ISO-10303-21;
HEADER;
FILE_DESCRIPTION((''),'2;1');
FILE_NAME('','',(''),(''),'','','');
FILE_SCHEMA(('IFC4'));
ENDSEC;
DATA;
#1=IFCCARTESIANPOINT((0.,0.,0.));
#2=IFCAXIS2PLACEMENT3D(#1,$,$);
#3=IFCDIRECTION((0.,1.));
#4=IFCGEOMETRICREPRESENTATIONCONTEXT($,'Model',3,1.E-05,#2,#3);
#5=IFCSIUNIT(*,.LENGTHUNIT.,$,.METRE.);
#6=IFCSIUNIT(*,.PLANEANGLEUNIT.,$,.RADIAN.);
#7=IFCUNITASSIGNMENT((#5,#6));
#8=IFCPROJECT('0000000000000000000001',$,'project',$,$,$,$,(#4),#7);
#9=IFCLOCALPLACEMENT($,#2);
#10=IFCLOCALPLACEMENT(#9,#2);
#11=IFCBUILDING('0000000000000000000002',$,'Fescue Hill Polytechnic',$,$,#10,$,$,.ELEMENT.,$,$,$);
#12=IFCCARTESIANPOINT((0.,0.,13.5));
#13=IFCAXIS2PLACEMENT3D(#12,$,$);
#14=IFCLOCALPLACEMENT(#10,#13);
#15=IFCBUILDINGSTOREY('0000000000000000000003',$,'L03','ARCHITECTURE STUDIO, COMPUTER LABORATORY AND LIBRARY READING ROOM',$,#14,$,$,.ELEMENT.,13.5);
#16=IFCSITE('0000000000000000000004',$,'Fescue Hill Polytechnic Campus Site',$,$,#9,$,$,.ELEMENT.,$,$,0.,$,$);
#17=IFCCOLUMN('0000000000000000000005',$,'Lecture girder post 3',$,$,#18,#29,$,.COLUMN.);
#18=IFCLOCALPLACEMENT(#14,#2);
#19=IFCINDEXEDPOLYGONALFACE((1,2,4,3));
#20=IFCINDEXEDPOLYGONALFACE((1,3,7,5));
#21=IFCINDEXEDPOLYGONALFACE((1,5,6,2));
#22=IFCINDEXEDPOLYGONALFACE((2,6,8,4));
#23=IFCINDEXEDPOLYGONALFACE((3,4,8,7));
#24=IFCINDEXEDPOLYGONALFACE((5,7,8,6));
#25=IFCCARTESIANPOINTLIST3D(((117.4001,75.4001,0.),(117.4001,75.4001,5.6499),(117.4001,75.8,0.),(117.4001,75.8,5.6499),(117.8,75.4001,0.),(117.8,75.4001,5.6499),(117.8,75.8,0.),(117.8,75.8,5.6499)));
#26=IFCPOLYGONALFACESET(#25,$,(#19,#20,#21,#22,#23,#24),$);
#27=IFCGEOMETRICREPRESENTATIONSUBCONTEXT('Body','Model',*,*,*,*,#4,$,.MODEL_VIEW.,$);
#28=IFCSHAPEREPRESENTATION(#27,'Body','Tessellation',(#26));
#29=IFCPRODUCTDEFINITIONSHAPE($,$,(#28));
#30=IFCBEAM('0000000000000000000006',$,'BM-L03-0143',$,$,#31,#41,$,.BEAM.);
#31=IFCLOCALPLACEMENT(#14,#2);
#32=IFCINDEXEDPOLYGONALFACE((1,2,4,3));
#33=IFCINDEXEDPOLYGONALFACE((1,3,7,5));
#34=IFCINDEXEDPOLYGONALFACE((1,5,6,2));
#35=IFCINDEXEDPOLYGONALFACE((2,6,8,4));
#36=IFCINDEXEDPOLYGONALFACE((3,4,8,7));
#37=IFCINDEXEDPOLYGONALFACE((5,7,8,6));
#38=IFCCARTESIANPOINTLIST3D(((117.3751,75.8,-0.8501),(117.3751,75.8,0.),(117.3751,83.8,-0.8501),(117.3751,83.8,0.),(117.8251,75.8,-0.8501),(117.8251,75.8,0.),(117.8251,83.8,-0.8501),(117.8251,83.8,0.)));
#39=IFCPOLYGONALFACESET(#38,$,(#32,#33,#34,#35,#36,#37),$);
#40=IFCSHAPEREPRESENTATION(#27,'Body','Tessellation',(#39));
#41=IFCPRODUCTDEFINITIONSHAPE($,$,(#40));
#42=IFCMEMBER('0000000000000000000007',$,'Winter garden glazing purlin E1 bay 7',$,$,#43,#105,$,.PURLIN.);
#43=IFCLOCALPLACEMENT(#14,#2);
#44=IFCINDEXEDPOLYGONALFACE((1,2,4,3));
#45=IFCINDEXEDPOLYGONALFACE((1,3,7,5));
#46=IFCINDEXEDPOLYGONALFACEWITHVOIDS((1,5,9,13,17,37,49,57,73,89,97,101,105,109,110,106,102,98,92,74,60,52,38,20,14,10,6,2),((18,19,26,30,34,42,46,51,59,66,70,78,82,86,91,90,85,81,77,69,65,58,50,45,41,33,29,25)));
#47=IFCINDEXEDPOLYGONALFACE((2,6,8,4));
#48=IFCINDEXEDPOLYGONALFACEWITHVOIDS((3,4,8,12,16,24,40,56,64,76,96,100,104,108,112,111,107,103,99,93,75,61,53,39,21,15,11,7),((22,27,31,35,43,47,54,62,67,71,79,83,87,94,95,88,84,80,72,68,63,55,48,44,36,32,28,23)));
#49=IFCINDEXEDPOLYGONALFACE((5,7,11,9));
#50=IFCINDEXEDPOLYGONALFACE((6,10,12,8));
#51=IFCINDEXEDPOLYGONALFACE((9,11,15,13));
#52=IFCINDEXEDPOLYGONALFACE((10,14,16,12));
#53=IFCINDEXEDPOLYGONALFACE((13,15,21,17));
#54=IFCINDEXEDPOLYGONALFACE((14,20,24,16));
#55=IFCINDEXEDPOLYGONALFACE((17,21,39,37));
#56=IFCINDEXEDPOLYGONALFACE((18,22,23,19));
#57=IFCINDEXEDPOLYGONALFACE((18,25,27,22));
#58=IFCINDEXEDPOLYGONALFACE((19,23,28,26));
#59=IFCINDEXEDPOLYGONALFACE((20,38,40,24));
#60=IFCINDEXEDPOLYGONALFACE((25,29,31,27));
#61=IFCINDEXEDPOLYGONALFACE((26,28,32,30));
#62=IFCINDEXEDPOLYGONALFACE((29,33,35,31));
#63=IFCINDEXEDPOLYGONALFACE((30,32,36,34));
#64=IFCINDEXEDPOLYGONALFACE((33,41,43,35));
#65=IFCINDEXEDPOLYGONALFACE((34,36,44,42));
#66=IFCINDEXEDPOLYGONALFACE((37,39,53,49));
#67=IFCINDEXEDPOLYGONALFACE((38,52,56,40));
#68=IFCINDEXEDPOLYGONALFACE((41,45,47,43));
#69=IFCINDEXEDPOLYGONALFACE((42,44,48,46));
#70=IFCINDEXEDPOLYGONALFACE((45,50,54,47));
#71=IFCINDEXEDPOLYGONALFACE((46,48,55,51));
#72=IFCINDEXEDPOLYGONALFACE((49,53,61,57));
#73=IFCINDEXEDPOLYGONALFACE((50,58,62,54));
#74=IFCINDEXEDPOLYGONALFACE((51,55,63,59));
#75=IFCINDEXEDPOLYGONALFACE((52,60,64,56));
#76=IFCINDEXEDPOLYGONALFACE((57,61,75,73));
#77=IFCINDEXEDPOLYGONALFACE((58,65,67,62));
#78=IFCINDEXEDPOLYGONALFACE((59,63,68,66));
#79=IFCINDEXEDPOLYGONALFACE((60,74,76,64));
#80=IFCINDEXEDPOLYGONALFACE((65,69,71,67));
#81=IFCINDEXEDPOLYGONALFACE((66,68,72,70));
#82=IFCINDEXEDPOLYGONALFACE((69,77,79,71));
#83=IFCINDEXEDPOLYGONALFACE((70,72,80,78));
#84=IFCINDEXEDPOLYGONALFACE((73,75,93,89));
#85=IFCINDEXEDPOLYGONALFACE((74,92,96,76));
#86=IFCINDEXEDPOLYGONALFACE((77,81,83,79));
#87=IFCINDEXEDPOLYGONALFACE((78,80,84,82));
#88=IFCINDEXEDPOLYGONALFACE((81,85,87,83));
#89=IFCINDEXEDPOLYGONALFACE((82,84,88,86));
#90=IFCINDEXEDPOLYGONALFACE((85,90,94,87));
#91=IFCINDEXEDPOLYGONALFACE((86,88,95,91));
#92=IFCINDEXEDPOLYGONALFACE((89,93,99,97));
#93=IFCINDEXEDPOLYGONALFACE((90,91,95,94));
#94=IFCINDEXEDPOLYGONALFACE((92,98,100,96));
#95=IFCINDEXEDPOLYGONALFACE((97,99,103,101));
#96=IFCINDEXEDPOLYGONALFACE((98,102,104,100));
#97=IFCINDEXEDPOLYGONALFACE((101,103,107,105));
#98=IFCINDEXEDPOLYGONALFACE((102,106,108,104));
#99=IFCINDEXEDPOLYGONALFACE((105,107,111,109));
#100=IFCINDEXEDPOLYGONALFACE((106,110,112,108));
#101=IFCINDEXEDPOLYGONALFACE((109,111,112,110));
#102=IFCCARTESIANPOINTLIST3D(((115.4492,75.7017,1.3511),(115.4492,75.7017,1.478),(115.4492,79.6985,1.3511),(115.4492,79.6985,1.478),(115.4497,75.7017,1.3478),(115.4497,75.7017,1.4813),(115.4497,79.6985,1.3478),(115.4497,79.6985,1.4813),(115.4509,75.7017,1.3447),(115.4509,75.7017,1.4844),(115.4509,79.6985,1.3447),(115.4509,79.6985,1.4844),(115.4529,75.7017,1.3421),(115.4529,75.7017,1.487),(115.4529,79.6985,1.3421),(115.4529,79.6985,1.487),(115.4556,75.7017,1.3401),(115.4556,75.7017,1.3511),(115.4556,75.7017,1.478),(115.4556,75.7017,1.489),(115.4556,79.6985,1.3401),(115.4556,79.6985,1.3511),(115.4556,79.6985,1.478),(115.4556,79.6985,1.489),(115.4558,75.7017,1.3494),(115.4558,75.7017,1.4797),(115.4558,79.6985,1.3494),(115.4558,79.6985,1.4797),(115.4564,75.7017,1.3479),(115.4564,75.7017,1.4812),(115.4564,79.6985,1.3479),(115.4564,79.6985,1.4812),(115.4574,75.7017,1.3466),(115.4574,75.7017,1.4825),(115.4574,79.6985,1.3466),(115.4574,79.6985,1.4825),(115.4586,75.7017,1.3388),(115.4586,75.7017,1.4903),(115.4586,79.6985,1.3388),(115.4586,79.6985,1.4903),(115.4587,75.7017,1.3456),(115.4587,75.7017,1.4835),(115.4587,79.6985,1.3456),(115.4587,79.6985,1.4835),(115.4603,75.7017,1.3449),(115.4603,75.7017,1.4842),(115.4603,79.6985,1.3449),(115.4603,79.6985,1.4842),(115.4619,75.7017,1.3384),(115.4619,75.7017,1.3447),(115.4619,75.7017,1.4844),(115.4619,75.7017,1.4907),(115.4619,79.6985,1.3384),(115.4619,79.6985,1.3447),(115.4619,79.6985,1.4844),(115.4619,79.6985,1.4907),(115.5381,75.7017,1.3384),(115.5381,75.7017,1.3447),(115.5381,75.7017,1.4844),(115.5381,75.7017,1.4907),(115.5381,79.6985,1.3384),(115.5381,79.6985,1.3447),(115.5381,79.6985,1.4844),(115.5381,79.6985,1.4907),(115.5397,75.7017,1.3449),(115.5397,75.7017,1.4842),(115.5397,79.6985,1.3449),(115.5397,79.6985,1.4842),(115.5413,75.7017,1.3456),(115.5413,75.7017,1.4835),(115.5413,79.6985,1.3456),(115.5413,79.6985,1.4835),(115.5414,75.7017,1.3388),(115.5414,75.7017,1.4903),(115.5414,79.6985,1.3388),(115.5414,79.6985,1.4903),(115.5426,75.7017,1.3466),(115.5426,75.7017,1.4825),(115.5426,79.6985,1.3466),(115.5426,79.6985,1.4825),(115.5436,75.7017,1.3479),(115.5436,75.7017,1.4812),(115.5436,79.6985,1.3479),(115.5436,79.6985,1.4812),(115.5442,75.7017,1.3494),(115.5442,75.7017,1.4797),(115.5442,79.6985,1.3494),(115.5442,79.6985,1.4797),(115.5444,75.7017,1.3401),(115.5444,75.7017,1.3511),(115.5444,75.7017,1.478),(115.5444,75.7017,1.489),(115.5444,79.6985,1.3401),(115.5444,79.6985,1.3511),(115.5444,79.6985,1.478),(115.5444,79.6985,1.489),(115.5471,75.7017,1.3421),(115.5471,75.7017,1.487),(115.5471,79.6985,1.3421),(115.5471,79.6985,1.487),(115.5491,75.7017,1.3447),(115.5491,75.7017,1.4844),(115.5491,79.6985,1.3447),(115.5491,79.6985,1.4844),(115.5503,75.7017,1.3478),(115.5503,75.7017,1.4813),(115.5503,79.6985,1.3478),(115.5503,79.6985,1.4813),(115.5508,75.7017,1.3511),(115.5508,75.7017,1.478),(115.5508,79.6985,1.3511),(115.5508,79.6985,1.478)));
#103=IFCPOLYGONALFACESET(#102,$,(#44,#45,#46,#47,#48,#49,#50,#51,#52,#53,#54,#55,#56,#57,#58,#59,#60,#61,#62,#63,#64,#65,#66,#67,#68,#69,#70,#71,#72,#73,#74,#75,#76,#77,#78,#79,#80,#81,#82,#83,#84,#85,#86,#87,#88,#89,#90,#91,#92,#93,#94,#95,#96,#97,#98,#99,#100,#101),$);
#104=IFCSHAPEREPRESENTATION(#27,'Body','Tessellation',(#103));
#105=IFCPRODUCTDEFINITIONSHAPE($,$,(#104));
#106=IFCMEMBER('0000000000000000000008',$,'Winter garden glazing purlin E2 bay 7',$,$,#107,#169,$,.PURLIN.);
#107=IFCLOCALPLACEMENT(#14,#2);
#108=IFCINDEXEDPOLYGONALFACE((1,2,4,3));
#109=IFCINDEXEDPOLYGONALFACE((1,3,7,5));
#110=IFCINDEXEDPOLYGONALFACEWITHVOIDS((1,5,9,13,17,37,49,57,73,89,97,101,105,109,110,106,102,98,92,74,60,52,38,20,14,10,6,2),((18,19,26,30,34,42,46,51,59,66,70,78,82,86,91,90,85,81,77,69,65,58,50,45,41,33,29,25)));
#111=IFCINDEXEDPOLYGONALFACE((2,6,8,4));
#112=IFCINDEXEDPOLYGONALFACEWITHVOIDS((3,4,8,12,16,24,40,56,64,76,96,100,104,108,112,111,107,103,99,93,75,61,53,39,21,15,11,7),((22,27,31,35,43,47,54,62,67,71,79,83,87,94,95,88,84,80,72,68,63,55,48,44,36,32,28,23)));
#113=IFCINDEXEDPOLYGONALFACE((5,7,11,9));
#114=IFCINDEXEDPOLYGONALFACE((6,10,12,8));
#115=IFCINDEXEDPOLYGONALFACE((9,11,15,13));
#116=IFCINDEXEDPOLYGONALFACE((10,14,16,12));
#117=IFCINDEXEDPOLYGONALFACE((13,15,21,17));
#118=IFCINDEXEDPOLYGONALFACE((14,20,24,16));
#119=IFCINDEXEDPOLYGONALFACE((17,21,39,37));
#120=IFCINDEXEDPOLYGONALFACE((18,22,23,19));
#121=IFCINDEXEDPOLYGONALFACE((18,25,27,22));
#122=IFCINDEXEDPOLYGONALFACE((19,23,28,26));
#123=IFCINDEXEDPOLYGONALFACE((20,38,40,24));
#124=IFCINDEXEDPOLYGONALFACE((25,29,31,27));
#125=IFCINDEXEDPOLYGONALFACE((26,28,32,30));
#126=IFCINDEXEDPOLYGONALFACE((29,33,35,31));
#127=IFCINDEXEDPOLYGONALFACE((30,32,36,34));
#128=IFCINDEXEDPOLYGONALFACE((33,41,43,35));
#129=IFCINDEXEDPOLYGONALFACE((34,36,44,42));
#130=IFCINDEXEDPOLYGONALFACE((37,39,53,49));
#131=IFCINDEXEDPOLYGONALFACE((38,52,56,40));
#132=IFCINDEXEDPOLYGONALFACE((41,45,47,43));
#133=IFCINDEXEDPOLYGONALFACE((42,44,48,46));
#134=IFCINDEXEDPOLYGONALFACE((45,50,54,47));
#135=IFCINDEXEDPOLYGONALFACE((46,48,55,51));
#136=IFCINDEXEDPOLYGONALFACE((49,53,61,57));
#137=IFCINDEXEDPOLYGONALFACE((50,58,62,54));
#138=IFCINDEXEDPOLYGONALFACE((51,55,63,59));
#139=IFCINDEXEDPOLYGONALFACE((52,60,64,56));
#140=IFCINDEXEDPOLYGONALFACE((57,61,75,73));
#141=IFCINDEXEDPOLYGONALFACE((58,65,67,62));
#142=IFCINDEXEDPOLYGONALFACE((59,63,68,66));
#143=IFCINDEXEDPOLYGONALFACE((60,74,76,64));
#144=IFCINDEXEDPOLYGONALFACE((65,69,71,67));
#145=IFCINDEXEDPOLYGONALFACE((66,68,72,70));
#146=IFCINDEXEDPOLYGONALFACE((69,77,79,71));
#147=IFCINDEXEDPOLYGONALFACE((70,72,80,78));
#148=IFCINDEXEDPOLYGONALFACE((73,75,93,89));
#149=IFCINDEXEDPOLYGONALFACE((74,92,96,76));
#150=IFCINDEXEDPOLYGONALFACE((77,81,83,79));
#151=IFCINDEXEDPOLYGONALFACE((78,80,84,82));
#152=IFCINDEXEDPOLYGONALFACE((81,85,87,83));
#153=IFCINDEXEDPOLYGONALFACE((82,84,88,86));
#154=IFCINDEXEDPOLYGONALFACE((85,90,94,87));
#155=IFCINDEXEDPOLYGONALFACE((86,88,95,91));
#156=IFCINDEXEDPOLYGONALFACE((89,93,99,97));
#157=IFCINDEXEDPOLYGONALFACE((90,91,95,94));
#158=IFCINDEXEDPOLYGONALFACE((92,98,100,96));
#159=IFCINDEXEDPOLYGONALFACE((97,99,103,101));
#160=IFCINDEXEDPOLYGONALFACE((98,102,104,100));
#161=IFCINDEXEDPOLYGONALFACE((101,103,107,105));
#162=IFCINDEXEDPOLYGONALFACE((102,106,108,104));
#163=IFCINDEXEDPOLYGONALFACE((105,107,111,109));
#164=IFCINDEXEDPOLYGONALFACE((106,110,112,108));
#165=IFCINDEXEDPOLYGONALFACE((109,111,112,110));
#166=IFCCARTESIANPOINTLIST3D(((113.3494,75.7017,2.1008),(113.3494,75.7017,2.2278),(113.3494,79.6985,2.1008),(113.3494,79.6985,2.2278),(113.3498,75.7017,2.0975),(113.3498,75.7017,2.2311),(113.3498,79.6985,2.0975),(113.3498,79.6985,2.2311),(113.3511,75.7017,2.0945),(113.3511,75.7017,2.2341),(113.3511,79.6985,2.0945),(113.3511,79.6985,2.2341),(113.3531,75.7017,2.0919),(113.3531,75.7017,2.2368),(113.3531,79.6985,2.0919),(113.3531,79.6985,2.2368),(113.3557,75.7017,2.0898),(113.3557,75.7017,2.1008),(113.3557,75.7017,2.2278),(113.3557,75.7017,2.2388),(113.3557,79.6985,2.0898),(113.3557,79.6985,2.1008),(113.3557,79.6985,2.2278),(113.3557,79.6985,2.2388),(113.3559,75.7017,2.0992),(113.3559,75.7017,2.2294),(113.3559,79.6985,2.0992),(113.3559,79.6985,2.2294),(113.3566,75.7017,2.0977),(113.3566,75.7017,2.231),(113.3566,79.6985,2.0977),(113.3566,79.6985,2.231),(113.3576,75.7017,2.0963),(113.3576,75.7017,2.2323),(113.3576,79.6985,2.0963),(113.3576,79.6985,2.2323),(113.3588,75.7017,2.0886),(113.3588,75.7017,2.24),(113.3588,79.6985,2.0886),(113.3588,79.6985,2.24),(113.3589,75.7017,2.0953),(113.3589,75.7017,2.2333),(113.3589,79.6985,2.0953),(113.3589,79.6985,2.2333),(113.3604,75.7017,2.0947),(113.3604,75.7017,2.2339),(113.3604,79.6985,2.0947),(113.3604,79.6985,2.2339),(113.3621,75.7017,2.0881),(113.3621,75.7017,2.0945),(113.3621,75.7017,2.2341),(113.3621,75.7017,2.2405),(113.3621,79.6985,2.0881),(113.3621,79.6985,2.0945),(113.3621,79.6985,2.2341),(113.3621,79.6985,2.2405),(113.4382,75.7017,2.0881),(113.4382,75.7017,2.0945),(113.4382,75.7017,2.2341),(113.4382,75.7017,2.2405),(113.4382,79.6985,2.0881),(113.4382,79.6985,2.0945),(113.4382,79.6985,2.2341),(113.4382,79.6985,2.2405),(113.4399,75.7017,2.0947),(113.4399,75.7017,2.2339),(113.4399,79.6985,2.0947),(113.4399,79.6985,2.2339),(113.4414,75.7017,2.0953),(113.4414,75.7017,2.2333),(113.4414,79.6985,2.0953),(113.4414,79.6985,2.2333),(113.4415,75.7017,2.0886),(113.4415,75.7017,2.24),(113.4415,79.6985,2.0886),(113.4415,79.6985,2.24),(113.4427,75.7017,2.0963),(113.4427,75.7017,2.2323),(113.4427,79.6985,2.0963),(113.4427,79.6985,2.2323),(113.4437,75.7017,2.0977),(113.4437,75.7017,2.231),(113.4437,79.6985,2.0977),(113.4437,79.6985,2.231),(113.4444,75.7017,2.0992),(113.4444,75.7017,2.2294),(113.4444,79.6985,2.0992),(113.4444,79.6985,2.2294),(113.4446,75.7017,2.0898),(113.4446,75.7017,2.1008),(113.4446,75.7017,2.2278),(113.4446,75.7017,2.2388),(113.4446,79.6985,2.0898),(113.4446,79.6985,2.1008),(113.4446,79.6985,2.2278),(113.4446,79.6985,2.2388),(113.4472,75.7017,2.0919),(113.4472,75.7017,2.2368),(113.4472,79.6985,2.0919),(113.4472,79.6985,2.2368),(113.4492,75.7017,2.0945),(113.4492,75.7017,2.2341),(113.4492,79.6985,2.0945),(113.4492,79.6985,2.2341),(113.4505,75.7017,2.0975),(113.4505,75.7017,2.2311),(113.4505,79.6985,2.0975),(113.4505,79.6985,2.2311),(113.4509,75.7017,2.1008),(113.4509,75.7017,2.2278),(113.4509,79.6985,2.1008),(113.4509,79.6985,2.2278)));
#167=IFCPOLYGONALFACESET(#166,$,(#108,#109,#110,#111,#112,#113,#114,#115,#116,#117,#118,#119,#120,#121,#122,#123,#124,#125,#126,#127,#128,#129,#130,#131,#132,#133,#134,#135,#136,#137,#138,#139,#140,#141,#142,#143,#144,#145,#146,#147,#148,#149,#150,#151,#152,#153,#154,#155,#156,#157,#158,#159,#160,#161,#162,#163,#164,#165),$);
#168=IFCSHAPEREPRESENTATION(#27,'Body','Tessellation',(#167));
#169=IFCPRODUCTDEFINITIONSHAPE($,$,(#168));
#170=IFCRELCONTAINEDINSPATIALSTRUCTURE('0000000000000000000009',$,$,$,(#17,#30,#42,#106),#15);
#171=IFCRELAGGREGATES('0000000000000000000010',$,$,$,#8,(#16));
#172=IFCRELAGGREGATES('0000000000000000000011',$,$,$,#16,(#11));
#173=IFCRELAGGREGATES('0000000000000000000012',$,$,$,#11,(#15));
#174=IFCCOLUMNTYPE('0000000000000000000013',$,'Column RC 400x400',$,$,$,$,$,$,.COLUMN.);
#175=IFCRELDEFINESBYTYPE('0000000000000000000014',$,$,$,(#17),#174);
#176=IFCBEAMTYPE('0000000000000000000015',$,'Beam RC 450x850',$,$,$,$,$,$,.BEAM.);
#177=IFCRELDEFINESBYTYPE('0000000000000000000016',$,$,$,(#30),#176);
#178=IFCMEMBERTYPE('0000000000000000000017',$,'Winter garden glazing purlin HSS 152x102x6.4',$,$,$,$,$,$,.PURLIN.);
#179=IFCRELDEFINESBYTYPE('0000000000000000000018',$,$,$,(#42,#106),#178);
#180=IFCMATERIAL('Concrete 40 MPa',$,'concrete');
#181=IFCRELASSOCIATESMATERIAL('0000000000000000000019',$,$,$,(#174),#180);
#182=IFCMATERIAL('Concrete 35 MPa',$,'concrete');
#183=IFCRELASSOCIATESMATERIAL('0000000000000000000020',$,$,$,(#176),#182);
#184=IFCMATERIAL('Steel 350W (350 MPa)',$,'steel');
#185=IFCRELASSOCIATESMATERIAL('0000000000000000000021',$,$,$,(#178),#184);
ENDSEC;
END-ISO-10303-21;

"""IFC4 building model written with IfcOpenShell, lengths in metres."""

from ifc_helpers import new_model, si_unit, direction, frame, origin, origin_2d, place, context, subcontext, project, spatial, rectangle, hollow_rectangle, extrude, material, material_profile, profile_set, type_object, element, save


model = new_model("IFC4")

# Units and contexts
model_context = context("Model", 3, precision=1e-05, world=origin(), true_north=direction((0.0, 1.0)))
body_context = subcontext(model_context, "Body", "Model", "MODEL_VIEW")
ifc_project = project(units=[si_unit("LENGTHUNIT", "METRE"), si_unit("PLANEANGLEUNIT", "RADIAN")], contexts=[model_context])

# Site, building, storey
site_placement = place(None, origin())
site = spatial("IfcSite", under=ifc_project, at=site_placement, Name="Fescue Hill Polytechnic Campus Site", CompositionType="ELEMENT", RefElevation=0.0)
building_placement = place(site_placement, origin())
building = spatial("IfcBuilding", under=site, at=building_placement, Name="Fescue Hill Polytechnic", CompositionType="ELEMENT")
storey_placement = place(building_placement, frame((0.0, 0.0, 13.5)))
storey = spatial("IfcBuildingStorey", under=building, at=storey_placement, Name="L03", Description="ARCHITECTURE STUDIO, COMPUTER LABORATORY AND LIBRARY READING ROOM", CompositionType="ELEMENT", Elevation=13.5)

# Column
ifc_material_1 = material(Name="Concrete 40 MPa", Category="concrete")
ifc_material_profile_1 = material_profile(ifc_material_1, rectangle(XDim=0.3999, YDim=0.3999, at=origin_2d()), Name="RC 400x400")
ifc_profile_set_1 = profile_set([ifc_material_profile_1], Name="Concrete 40 MPa")
column_type = type_object("IfcColumnType", Name="Column RC 400x400", PredefinedType="COLUMN", material=ifc_profile_set_1)
column_placement = place(storey_placement, frame((117.6001, 75.6001, 0.0), z_axis=(0.0, 0.0, 1.0), x_axis=(1.0, 0.0, 0.0)))
element("IfcColumn", 1, at=column_placement, inside=storey, type_object=column_type, Name="Lecture girder post 3", PredefinedType="COLUMN", context=body_context, shape_type="SweptSolid", body=[
    extrude(rectangle(XDim=0.3999, YDim=0.3999, at=origin_2d()), origin(), (0.0, 0.0, 1.0), 5.6499),
])

# Beam
ifc_material_2 = material(Name="Concrete 35 MPa", Category="concrete")
ifc_material_profile_2 = material_profile(ifc_material_2, rectangle(XDim=0.45, YDim=0.8501, at=origin_2d()), Name="RC 450x850")
ifc_profile_set_2 = profile_set([ifc_material_profile_2], Name="Concrete 35 MPa")
beam_type = type_object("IfcBeamType", Name="Beam RC 450x850", PredefinedType="BEAM", material=ifc_profile_set_2)
beam_placement = place(storey_placement, frame((117.6001, 83.8, -0.425), z_axis=(0.0, -1.0, 0.0), x_axis=(1.0, 0.0, 0.0)))
element("IfcBeam", 2, at=beam_placement, inside=storey, type_object=beam_type, Name="BM-L03-0143", PredefinedType="BEAM", context=body_context, shape_type="SweptSolid", body=[
    extrude(rectangle(XDim=0.45, YDim=0.8501, at=origin_2d()), origin(), (0.0, 0.0, 1.0), 8.0),
])

# Members
ifc_material_3 = material(Name="Steel 350W (350 MPa)", Category="steel")
ifc_material_profile_3 = material_profile(ifc_material_3, hollow_rectangle(XDim=0.1016, YDim=0.1523, WallThickness=0.0063, InnerFilletRadius=0.0063, OuterFilletRadius=0.0127, at=origin_2d()), Name="Winter garden glazing purlin HSS 152x102x6.4")
ifc_profile_set_3 = profile_set([ifc_material_profile_3], Name="Steel 350W (350 MPa)")
member_type_1 = type_object("IfcMemberType", Name="Winter garden glazing purlin HSS 152x102x6.4", PredefinedType="PURLIN", material=ifc_profile_set_3)
for number, where, z_axis, x_axis, name in (
    (3, (115.5, 75.7017, 1.4146), (0.0, 1.0, 0.0), (-1.0, 0.0, 0.0), "Winter garden glazing purlin E1 bay 7"),
    (4, (113.4001, 75.7017, 2.1643), (0.0, 1.0, 0.0), (-1.0, 0.0, 0.0), "Winter garden glazing purlin E2 bay 7"),
):
    element("IfcMember", number, at=place(storey_placement, frame(where, z_axis=z_axis, x_axis=x_axis)), inside=storey, type_object=member_type_1, Name=name, PredefinedType="PURLIN", context=body_context, shape_type="SweptSolid", body=[
        extrude(hollow_rectangle(XDim=0.1016, YDim=0.1523, WallThickness=0.0063, InnerFilletRadius=0.0063, OuterFilletRadius=0.0127, at=origin_2d()), origin(), (0.0, 0.0, 1.0), 3.9968),
    ])

save(model, "model.ifc")
